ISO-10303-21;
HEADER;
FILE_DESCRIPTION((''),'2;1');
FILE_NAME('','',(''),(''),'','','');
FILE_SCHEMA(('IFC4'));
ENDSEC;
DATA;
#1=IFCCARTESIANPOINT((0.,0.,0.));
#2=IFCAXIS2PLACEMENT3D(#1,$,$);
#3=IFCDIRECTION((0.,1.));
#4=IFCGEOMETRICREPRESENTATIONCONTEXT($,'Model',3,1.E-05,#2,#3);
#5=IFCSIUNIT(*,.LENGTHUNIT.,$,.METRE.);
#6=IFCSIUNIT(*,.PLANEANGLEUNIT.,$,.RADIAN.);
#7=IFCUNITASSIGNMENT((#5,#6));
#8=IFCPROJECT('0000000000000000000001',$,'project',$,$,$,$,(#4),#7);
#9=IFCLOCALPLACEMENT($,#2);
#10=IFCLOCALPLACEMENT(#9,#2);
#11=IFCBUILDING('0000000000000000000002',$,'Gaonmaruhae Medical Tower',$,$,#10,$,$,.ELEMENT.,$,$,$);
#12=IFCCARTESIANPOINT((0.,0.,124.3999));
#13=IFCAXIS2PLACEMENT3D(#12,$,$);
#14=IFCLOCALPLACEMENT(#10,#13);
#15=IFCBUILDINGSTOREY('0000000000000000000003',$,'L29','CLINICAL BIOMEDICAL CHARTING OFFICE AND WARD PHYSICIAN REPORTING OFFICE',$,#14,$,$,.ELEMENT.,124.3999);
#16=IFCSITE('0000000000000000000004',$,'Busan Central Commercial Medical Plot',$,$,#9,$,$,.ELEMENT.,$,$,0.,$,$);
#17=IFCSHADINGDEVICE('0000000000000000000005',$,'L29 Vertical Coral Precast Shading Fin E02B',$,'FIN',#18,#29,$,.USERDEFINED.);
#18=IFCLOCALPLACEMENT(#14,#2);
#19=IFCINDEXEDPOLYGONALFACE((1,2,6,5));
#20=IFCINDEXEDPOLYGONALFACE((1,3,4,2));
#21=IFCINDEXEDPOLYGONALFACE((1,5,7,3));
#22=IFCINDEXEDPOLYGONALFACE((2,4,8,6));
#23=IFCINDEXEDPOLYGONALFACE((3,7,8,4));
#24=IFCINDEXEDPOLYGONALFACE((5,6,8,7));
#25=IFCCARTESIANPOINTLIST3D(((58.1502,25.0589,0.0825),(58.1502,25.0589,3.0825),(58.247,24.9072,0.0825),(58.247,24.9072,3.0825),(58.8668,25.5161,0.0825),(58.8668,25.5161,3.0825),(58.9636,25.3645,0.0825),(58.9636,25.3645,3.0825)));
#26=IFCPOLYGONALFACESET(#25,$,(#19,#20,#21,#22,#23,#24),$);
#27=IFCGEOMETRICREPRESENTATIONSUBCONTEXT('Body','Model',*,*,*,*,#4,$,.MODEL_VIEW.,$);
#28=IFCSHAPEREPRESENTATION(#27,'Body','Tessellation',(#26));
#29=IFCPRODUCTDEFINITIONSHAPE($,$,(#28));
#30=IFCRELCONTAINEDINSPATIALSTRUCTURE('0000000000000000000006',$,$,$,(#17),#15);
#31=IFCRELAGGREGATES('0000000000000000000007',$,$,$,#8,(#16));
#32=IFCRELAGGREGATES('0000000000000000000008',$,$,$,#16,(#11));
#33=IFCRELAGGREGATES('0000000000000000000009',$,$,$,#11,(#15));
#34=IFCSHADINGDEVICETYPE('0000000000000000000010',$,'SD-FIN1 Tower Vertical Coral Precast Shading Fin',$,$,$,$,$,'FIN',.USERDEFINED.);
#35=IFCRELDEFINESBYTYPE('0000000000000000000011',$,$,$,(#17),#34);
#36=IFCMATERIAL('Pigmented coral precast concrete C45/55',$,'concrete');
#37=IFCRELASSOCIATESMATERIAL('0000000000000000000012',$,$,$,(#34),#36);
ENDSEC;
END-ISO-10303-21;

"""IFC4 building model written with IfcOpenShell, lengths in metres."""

from ifc_helpers import new_model, si_unit, direction, frame, origin, origin_2d, place, context, subcontext, project, spatial, rectangle, extrude, material, type_object, element, save


model = new_model("IFC4")

# Units and contexts
model_context = context("Model", 3, precision=1e-05, world=origin(), true_north=direction((0.0, 1.0)))
body_context = subcontext(model_context, "Body", "Model", "MODEL_VIEW")
ifc_project = project(units=[si_unit("LENGTHUNIT", "METRE"), si_unit("PLANEANGLEUNIT", "RADIAN")], contexts=[model_context])

# Site, building, storey
site_placement = place(None, origin())
site = spatial("IfcSite", under=ifc_project, at=site_placement, Name="Busan Central Commercial Medical Plot", CompositionType="ELEMENT", RefElevation=0.0)
building_placement = place(site_placement, origin())
building = spatial("IfcBuilding", under=site, at=building_placement, Name="Gaonmaruhae Medical Tower", CompositionType="ELEMENT")
storey_placement = place(building_placement, frame((0.0, 0.0, 124.3999)))
storey = spatial("IfcBuildingStorey", under=building, at=storey_placement, Name="L29", Description="CLINICAL BIOMEDICAL CHARTING OFFICE AND WARD PHYSICIAN REPORTING OFFICE", CompositionType="ELEMENT", Elevation=124.3999)

# Shading device
ifc_material_1 = material(Name="Pigmented coral precast concrete C45/55", Category="concrete")
shading_device_type = type_object("IfcShadingDeviceType", Name="SD-FIN1 Tower Vertical Coral Precast Shading Fin", ElementType="FIN", PredefinedType="USERDEFINED", material=ifc_material_1)
for number, where, z_axis, x_axis, name in (
    (1, (58.5569, 25.2117, 0.0825), (0.0, 0.0, 1.0), (0.537903, -0.843007, 0.0), "L29 Vertical Coral Precast Shading Fin E02B"),
):
    element("IfcShadingDevice", number, at=place(storey_placement, frame(where, z_axis=z_axis, x_axis=x_axis)), inside=storey, type_object=shading_device_type, Name=name, ObjectType="FIN", PredefinedType="USERDEFINED", context=body_context, shape_type="SweptSolid", body=[
        extrude(rectangle(XDim=0.1799, YDim=0.8501, at=origin_2d()), origin(), (0.0, 0.0, 1.0), 3.0),
    ])

save(model, "model.ifc")
